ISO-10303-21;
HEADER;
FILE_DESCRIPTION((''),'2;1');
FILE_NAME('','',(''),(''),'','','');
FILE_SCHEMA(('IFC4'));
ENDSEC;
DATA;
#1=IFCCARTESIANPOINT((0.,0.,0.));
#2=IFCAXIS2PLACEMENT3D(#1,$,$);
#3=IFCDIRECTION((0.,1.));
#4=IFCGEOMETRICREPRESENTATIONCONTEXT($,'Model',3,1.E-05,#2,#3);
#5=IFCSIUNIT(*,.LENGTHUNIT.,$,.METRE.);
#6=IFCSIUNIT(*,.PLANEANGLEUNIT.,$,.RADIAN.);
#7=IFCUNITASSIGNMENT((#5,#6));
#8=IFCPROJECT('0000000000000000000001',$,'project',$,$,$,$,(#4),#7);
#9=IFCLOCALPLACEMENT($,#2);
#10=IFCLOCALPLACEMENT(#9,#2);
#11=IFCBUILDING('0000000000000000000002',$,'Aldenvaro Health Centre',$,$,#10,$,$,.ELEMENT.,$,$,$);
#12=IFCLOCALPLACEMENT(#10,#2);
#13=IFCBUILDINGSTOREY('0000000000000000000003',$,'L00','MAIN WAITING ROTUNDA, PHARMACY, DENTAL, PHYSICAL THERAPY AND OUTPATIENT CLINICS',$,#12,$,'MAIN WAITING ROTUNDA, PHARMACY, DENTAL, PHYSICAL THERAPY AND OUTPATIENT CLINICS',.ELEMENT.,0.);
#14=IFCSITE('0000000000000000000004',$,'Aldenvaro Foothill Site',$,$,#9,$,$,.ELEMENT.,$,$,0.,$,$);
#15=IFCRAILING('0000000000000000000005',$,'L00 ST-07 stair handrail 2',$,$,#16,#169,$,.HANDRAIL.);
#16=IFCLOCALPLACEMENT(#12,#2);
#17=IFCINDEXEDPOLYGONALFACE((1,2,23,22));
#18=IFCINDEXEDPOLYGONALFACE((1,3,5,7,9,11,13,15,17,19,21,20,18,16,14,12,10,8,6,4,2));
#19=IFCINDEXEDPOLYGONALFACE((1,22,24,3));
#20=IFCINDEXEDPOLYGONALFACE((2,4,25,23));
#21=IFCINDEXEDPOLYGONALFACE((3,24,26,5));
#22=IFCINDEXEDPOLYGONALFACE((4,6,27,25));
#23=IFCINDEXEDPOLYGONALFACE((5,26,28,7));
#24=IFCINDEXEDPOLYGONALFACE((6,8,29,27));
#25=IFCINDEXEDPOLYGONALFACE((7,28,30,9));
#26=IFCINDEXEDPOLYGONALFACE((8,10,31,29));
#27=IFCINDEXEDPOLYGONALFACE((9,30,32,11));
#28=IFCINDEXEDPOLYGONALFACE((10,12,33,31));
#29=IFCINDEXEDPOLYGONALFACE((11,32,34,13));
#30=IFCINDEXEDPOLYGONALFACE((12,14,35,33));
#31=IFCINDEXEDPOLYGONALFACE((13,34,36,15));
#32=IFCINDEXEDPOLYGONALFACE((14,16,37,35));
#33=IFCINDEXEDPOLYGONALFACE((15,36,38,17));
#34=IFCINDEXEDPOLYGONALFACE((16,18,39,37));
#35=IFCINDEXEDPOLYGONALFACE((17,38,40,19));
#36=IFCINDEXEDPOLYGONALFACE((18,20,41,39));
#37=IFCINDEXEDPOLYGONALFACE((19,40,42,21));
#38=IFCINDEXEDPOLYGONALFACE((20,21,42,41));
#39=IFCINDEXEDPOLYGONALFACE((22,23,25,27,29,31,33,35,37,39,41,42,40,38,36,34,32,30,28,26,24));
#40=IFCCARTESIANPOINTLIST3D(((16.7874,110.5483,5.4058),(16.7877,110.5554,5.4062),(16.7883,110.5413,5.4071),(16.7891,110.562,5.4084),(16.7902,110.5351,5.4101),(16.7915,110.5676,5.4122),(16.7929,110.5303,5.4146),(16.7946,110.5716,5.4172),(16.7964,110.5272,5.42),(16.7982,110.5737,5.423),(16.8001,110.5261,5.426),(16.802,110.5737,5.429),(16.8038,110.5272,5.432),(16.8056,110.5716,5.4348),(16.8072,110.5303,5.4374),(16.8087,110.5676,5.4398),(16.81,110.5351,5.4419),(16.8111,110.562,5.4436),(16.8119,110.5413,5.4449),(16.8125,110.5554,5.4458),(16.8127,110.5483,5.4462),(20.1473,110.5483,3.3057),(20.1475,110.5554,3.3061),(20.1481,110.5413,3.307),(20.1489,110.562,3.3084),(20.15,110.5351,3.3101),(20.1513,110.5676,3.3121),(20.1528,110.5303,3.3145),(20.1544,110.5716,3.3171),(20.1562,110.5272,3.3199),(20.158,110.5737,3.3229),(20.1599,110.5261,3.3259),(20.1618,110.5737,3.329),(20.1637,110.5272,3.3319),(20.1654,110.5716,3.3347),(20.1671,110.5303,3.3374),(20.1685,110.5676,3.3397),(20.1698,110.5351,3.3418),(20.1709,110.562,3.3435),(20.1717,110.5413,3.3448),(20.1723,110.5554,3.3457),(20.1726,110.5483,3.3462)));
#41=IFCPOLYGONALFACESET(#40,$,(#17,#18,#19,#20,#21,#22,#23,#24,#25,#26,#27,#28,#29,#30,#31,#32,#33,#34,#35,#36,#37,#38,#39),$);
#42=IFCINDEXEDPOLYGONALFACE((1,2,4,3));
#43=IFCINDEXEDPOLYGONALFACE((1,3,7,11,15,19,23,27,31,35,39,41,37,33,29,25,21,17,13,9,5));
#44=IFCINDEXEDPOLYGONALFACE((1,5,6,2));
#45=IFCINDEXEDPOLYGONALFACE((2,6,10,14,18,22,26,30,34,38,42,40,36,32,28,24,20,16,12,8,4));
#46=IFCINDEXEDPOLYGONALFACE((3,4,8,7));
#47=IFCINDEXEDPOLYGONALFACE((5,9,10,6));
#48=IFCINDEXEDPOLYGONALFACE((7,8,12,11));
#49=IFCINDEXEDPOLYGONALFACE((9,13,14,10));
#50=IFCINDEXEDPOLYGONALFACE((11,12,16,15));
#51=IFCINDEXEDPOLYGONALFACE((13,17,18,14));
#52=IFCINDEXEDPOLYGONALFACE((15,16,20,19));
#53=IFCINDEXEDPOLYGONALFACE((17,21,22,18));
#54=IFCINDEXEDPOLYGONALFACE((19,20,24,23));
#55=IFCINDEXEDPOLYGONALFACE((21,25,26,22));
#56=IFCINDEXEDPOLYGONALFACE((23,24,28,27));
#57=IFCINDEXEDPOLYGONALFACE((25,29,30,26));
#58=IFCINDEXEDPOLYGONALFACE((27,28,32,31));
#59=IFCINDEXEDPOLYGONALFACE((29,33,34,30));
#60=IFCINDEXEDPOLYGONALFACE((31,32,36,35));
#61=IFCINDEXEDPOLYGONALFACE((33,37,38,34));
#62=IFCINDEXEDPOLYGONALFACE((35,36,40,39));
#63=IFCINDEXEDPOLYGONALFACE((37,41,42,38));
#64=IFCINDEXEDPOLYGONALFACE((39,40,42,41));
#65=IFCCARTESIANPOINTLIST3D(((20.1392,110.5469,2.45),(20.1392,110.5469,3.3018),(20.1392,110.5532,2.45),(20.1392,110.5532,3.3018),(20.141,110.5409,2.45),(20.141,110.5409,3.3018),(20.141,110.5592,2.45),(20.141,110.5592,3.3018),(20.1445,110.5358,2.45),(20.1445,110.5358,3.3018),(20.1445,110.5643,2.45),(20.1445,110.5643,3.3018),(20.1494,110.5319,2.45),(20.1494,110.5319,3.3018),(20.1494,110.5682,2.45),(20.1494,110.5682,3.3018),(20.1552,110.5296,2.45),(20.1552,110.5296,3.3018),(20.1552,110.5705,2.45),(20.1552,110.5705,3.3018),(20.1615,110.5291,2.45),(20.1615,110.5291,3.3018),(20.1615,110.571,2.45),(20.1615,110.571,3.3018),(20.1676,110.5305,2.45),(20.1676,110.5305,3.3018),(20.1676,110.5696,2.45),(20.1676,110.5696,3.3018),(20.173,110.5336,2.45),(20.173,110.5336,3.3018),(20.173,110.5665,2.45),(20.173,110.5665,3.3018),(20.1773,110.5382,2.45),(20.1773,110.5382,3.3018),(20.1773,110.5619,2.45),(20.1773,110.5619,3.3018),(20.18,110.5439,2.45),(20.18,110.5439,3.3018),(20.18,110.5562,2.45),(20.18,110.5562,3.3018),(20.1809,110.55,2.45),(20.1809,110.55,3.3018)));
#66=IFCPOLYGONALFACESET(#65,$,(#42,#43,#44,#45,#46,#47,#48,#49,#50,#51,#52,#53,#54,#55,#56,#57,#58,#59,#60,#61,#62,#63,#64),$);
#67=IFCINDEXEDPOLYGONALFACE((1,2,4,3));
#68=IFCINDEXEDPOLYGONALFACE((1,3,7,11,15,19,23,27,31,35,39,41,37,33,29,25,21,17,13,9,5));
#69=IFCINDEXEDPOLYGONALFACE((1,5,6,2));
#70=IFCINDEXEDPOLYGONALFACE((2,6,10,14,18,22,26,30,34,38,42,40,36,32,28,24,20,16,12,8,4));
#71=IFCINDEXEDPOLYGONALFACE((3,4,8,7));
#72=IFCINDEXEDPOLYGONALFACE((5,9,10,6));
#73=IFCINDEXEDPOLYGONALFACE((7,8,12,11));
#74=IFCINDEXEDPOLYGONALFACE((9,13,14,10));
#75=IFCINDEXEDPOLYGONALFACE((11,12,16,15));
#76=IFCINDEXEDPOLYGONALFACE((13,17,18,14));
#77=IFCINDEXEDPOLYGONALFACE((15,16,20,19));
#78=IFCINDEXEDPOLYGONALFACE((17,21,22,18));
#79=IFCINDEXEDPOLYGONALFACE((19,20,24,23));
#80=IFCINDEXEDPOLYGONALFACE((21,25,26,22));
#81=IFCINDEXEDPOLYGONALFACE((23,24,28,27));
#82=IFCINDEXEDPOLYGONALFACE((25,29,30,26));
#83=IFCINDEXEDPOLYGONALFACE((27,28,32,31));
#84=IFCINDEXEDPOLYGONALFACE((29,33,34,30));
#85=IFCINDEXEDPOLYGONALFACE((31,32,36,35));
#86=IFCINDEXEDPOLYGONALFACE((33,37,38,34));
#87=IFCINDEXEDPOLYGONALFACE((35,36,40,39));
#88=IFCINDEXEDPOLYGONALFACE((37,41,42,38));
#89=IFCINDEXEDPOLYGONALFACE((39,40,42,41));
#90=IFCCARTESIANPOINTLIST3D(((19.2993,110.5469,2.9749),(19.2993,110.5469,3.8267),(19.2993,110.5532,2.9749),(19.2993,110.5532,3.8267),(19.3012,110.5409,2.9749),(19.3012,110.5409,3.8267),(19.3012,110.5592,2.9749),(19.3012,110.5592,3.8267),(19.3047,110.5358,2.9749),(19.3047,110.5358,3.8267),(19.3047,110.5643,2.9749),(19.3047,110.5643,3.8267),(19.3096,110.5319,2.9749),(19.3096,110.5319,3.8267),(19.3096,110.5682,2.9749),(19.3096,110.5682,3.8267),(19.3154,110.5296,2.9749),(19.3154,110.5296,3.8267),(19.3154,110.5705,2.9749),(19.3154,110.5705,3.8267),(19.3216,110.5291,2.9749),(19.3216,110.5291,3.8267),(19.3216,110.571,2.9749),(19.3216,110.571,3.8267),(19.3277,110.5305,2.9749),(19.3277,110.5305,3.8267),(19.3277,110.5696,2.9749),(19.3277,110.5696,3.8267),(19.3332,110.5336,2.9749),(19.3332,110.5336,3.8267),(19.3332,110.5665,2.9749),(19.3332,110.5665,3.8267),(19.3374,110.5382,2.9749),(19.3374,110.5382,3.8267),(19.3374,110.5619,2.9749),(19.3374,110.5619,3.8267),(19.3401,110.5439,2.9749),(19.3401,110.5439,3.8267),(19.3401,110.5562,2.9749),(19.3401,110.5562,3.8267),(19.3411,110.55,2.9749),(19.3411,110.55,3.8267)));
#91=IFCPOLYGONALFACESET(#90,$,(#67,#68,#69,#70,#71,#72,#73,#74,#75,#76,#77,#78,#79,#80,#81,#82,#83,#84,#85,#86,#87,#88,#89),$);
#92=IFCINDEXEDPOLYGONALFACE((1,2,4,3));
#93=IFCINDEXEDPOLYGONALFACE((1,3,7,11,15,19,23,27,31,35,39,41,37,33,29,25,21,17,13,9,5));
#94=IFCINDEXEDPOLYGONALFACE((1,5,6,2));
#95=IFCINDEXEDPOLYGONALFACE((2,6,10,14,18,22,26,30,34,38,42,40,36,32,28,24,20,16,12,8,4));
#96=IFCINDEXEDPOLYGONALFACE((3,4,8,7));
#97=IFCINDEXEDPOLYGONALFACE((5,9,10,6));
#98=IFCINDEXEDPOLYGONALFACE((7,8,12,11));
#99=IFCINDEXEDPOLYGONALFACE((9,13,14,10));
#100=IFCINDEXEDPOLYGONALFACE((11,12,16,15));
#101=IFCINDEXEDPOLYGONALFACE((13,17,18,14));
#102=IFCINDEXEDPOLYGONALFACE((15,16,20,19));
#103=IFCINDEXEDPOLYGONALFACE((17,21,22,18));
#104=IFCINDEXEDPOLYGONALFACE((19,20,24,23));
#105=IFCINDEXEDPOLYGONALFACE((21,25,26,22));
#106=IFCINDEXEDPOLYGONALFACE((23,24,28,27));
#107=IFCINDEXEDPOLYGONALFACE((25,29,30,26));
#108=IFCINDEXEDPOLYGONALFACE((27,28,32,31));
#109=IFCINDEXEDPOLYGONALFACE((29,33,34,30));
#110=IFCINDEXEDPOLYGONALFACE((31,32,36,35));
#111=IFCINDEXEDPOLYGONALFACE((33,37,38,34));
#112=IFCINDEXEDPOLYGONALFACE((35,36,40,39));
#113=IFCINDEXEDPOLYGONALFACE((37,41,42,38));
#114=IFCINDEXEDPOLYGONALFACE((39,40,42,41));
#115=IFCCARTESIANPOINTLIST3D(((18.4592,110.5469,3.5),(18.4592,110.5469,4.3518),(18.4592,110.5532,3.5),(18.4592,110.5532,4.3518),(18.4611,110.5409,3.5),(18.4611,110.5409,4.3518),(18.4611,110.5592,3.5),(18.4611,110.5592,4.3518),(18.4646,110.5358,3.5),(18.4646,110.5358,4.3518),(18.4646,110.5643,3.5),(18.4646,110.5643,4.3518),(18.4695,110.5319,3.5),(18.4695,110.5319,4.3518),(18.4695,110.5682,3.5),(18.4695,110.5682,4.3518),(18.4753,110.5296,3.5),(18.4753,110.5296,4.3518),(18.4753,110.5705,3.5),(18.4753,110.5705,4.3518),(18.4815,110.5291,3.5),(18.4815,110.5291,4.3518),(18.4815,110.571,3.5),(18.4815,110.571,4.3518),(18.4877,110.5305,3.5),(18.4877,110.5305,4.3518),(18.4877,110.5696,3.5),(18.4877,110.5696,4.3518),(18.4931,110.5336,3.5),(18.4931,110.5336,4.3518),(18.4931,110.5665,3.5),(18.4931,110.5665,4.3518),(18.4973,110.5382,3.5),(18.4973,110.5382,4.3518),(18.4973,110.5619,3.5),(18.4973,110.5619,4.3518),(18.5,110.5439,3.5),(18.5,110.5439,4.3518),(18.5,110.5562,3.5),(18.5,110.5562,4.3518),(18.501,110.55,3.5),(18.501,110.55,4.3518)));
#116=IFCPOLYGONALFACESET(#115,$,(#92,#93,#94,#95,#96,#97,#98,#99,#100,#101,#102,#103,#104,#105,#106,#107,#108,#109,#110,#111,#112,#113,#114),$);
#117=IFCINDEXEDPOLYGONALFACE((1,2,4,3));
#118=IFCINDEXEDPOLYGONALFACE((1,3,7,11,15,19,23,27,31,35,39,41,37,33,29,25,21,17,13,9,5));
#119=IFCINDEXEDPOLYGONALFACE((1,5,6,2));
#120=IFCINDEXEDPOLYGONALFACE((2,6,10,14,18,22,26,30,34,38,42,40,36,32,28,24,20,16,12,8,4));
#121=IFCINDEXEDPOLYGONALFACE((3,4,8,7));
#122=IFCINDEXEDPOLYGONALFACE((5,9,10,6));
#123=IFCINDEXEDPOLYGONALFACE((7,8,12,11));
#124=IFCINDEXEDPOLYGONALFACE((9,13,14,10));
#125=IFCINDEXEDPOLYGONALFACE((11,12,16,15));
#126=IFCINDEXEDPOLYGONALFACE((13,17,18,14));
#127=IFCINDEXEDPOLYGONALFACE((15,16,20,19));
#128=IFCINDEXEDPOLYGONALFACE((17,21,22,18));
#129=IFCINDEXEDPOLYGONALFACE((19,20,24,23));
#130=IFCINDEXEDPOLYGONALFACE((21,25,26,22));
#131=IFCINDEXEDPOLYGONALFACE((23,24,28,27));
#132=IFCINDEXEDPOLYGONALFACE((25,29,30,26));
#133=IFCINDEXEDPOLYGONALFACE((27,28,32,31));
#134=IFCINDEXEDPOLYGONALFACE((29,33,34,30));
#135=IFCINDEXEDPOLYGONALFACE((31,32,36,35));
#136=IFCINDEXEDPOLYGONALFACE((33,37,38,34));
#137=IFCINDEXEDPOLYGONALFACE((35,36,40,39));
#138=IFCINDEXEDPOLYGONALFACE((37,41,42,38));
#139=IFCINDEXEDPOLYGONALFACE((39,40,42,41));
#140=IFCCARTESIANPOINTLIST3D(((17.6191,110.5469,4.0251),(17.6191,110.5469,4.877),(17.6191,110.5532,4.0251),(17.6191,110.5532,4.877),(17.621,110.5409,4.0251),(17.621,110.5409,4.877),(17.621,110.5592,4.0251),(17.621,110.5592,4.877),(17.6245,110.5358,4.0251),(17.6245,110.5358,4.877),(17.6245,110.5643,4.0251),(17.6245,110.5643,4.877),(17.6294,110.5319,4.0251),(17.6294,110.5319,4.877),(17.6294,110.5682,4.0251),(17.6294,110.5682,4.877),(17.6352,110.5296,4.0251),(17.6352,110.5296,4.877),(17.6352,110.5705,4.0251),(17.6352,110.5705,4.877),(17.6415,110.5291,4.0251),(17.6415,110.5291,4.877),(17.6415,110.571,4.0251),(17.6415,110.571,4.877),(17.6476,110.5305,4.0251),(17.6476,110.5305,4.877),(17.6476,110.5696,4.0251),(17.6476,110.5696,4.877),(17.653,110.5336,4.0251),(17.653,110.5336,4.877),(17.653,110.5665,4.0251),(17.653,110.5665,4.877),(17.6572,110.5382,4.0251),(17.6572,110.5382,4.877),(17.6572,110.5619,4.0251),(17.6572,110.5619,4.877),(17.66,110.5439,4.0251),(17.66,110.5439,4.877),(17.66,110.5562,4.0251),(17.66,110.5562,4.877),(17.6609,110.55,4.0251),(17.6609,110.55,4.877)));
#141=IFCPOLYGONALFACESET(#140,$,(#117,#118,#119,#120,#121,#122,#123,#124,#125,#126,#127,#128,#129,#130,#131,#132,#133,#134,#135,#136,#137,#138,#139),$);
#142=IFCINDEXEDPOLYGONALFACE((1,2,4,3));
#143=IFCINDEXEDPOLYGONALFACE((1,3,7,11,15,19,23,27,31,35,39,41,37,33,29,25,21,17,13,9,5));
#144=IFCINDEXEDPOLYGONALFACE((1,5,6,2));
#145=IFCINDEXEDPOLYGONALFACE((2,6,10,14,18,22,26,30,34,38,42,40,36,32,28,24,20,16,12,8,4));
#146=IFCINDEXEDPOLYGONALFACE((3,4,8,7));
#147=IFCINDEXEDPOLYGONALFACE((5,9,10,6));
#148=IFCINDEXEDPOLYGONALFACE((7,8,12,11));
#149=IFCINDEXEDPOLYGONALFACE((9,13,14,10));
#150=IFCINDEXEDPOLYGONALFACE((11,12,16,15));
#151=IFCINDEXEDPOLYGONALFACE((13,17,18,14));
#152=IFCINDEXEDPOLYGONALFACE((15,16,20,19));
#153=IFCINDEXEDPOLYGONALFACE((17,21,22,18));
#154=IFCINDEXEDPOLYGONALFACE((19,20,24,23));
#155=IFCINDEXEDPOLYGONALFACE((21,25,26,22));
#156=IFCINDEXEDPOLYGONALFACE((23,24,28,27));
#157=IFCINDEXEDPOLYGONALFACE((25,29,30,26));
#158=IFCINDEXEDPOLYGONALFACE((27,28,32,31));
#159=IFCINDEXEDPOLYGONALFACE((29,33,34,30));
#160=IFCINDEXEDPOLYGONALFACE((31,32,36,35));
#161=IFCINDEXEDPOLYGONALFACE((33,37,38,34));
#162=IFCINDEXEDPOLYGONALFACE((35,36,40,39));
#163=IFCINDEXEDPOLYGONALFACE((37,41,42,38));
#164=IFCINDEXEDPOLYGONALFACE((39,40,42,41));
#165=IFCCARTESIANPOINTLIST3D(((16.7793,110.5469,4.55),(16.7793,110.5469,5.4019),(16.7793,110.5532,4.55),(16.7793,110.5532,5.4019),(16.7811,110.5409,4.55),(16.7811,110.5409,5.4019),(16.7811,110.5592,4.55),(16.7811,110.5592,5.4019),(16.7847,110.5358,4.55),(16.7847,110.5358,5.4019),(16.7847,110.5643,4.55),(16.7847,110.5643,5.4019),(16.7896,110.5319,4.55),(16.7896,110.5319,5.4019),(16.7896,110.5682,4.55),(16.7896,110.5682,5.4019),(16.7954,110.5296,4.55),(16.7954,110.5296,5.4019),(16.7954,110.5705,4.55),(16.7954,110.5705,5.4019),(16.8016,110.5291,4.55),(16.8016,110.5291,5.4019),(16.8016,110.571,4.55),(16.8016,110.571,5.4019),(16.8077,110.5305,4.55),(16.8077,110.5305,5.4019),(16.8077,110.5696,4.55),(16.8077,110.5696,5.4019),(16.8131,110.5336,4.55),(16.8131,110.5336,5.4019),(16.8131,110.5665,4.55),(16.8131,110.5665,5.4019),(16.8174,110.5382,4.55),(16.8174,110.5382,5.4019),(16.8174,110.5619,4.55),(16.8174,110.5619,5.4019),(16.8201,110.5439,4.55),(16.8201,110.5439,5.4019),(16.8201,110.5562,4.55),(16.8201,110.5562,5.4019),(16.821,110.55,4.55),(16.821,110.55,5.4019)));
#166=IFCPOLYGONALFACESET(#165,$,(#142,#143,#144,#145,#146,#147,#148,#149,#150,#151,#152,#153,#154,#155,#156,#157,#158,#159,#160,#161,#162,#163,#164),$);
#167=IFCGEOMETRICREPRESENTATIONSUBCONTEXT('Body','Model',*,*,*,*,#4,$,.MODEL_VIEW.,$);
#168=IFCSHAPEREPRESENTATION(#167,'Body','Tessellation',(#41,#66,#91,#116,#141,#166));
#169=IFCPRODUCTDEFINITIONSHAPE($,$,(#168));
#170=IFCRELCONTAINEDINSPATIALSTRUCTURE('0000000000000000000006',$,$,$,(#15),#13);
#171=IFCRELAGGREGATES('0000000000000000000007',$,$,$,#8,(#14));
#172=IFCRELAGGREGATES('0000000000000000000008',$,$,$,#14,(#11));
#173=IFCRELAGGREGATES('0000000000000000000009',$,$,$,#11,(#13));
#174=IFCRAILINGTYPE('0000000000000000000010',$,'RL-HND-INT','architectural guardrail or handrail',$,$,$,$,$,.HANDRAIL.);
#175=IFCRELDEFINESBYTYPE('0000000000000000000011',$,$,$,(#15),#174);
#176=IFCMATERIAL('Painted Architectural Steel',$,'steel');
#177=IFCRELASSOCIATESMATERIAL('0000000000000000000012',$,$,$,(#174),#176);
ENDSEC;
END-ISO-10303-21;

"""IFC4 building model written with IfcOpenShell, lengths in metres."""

from ifc_helpers import new_model, si_unit, direction, frame, origin, origin_2d, place, context, subcontext, project, spatial, circle, extrude, material, type_object, element, save


model = new_model("IFC4")

# Units and contexts
model_context = context("Model", 3, precision=1e-05, world=origin(), true_north=direction((0.0, 1.0)))
body_context = subcontext(model_context, "Body", "Model", "MODEL_VIEW")
ifc_project = project(units=[si_unit("LENGTHUNIT", "METRE"), si_unit("PLANEANGLEUNIT", "RADIAN")], contexts=[model_context])

# Site, building, storey
site_placement = place(None, origin())
site = spatial("IfcSite", under=ifc_project, at=site_placement, Name="Aldenvaro Foothill Site", CompositionType="ELEMENT", RefElevation=0.0)
building_placement = place(site_placement, origin())
building = spatial("IfcBuilding", under=site, at=building_placement, Name="Aldenvaro Health Centre", CompositionType="ELEMENT")
storey_placement = place(building_placement, origin())
storey = spatial("IfcBuildingStorey", under=building, at=storey_placement, Name="L00", Description="MAIN WAITING ROTUNDA, PHARMACY, DENTAL, PHYSICAL THERAPY AND OUTPATIENT CLINICS", LongName="MAIN WAITING ROTUNDA, PHARMACY, DENTAL, PHYSICAL THERAPY AND OUTPATIENT CLINICS", CompositionType="ELEMENT", Elevation=0.0)

# Railing
ifc_material_1 = material(Name="Painted Architectural Steel", Category="steel")
railing_type_1 = type_object("IfcRailingType", Name="RL-HND-INT", Description="architectural guardrail or handrail", PredefinedType="HANDRAIL", material=ifc_material_1)
railing_1_placement = place(storey_placement, frame((20.1599, 110.55, 2.45)))
element("IfcRailing", 1, at=railing_1_placement, inside=storey, type_object=railing_type_1, Name="L00 ST-07 stair handrail 2", PredefinedType="HANDRAIL", context=body_context, shape_type="SweptSolid", body=[
    extrude(circle(Radius=0.0239, at=origin_2d()), frame((0.0, 0.0, 0.876), z_axis=(-0.847978, 0.0, 0.530032), x_axis=(0.0, -1.0, 0.0)), (0.0, 0.0, 1.0), 3.9622),
    extrude(circle(Radius=0.021, at=origin_2d()), origin(), (0.0, 0.0, 1.0), 0.8518),
    extrude(circle(Radius=0.021, at=origin_2d()), frame((-0.8398, 0.0, 0.5249)), (0.0, 0.0, 1.0), 0.8518),
    extrude(circle(Radius=0.021, at=origin_2d()), frame((-1.6799, 0.0, 1.05)), (0.0, 0.0, 1.0), 0.8518),
    extrude(circle(Radius=0.021, at=origin_2d()), frame((-2.52, 0.0, 1.5752)), (0.0, 0.0, 1.0), 0.8518),
    extrude(circle(Radius=0.021, at=origin_2d()), frame((-3.3599, 0.0, 2.1001)), (0.0, 0.0, 1.0), 0.8518),
])

save(model, "model.ifc")
